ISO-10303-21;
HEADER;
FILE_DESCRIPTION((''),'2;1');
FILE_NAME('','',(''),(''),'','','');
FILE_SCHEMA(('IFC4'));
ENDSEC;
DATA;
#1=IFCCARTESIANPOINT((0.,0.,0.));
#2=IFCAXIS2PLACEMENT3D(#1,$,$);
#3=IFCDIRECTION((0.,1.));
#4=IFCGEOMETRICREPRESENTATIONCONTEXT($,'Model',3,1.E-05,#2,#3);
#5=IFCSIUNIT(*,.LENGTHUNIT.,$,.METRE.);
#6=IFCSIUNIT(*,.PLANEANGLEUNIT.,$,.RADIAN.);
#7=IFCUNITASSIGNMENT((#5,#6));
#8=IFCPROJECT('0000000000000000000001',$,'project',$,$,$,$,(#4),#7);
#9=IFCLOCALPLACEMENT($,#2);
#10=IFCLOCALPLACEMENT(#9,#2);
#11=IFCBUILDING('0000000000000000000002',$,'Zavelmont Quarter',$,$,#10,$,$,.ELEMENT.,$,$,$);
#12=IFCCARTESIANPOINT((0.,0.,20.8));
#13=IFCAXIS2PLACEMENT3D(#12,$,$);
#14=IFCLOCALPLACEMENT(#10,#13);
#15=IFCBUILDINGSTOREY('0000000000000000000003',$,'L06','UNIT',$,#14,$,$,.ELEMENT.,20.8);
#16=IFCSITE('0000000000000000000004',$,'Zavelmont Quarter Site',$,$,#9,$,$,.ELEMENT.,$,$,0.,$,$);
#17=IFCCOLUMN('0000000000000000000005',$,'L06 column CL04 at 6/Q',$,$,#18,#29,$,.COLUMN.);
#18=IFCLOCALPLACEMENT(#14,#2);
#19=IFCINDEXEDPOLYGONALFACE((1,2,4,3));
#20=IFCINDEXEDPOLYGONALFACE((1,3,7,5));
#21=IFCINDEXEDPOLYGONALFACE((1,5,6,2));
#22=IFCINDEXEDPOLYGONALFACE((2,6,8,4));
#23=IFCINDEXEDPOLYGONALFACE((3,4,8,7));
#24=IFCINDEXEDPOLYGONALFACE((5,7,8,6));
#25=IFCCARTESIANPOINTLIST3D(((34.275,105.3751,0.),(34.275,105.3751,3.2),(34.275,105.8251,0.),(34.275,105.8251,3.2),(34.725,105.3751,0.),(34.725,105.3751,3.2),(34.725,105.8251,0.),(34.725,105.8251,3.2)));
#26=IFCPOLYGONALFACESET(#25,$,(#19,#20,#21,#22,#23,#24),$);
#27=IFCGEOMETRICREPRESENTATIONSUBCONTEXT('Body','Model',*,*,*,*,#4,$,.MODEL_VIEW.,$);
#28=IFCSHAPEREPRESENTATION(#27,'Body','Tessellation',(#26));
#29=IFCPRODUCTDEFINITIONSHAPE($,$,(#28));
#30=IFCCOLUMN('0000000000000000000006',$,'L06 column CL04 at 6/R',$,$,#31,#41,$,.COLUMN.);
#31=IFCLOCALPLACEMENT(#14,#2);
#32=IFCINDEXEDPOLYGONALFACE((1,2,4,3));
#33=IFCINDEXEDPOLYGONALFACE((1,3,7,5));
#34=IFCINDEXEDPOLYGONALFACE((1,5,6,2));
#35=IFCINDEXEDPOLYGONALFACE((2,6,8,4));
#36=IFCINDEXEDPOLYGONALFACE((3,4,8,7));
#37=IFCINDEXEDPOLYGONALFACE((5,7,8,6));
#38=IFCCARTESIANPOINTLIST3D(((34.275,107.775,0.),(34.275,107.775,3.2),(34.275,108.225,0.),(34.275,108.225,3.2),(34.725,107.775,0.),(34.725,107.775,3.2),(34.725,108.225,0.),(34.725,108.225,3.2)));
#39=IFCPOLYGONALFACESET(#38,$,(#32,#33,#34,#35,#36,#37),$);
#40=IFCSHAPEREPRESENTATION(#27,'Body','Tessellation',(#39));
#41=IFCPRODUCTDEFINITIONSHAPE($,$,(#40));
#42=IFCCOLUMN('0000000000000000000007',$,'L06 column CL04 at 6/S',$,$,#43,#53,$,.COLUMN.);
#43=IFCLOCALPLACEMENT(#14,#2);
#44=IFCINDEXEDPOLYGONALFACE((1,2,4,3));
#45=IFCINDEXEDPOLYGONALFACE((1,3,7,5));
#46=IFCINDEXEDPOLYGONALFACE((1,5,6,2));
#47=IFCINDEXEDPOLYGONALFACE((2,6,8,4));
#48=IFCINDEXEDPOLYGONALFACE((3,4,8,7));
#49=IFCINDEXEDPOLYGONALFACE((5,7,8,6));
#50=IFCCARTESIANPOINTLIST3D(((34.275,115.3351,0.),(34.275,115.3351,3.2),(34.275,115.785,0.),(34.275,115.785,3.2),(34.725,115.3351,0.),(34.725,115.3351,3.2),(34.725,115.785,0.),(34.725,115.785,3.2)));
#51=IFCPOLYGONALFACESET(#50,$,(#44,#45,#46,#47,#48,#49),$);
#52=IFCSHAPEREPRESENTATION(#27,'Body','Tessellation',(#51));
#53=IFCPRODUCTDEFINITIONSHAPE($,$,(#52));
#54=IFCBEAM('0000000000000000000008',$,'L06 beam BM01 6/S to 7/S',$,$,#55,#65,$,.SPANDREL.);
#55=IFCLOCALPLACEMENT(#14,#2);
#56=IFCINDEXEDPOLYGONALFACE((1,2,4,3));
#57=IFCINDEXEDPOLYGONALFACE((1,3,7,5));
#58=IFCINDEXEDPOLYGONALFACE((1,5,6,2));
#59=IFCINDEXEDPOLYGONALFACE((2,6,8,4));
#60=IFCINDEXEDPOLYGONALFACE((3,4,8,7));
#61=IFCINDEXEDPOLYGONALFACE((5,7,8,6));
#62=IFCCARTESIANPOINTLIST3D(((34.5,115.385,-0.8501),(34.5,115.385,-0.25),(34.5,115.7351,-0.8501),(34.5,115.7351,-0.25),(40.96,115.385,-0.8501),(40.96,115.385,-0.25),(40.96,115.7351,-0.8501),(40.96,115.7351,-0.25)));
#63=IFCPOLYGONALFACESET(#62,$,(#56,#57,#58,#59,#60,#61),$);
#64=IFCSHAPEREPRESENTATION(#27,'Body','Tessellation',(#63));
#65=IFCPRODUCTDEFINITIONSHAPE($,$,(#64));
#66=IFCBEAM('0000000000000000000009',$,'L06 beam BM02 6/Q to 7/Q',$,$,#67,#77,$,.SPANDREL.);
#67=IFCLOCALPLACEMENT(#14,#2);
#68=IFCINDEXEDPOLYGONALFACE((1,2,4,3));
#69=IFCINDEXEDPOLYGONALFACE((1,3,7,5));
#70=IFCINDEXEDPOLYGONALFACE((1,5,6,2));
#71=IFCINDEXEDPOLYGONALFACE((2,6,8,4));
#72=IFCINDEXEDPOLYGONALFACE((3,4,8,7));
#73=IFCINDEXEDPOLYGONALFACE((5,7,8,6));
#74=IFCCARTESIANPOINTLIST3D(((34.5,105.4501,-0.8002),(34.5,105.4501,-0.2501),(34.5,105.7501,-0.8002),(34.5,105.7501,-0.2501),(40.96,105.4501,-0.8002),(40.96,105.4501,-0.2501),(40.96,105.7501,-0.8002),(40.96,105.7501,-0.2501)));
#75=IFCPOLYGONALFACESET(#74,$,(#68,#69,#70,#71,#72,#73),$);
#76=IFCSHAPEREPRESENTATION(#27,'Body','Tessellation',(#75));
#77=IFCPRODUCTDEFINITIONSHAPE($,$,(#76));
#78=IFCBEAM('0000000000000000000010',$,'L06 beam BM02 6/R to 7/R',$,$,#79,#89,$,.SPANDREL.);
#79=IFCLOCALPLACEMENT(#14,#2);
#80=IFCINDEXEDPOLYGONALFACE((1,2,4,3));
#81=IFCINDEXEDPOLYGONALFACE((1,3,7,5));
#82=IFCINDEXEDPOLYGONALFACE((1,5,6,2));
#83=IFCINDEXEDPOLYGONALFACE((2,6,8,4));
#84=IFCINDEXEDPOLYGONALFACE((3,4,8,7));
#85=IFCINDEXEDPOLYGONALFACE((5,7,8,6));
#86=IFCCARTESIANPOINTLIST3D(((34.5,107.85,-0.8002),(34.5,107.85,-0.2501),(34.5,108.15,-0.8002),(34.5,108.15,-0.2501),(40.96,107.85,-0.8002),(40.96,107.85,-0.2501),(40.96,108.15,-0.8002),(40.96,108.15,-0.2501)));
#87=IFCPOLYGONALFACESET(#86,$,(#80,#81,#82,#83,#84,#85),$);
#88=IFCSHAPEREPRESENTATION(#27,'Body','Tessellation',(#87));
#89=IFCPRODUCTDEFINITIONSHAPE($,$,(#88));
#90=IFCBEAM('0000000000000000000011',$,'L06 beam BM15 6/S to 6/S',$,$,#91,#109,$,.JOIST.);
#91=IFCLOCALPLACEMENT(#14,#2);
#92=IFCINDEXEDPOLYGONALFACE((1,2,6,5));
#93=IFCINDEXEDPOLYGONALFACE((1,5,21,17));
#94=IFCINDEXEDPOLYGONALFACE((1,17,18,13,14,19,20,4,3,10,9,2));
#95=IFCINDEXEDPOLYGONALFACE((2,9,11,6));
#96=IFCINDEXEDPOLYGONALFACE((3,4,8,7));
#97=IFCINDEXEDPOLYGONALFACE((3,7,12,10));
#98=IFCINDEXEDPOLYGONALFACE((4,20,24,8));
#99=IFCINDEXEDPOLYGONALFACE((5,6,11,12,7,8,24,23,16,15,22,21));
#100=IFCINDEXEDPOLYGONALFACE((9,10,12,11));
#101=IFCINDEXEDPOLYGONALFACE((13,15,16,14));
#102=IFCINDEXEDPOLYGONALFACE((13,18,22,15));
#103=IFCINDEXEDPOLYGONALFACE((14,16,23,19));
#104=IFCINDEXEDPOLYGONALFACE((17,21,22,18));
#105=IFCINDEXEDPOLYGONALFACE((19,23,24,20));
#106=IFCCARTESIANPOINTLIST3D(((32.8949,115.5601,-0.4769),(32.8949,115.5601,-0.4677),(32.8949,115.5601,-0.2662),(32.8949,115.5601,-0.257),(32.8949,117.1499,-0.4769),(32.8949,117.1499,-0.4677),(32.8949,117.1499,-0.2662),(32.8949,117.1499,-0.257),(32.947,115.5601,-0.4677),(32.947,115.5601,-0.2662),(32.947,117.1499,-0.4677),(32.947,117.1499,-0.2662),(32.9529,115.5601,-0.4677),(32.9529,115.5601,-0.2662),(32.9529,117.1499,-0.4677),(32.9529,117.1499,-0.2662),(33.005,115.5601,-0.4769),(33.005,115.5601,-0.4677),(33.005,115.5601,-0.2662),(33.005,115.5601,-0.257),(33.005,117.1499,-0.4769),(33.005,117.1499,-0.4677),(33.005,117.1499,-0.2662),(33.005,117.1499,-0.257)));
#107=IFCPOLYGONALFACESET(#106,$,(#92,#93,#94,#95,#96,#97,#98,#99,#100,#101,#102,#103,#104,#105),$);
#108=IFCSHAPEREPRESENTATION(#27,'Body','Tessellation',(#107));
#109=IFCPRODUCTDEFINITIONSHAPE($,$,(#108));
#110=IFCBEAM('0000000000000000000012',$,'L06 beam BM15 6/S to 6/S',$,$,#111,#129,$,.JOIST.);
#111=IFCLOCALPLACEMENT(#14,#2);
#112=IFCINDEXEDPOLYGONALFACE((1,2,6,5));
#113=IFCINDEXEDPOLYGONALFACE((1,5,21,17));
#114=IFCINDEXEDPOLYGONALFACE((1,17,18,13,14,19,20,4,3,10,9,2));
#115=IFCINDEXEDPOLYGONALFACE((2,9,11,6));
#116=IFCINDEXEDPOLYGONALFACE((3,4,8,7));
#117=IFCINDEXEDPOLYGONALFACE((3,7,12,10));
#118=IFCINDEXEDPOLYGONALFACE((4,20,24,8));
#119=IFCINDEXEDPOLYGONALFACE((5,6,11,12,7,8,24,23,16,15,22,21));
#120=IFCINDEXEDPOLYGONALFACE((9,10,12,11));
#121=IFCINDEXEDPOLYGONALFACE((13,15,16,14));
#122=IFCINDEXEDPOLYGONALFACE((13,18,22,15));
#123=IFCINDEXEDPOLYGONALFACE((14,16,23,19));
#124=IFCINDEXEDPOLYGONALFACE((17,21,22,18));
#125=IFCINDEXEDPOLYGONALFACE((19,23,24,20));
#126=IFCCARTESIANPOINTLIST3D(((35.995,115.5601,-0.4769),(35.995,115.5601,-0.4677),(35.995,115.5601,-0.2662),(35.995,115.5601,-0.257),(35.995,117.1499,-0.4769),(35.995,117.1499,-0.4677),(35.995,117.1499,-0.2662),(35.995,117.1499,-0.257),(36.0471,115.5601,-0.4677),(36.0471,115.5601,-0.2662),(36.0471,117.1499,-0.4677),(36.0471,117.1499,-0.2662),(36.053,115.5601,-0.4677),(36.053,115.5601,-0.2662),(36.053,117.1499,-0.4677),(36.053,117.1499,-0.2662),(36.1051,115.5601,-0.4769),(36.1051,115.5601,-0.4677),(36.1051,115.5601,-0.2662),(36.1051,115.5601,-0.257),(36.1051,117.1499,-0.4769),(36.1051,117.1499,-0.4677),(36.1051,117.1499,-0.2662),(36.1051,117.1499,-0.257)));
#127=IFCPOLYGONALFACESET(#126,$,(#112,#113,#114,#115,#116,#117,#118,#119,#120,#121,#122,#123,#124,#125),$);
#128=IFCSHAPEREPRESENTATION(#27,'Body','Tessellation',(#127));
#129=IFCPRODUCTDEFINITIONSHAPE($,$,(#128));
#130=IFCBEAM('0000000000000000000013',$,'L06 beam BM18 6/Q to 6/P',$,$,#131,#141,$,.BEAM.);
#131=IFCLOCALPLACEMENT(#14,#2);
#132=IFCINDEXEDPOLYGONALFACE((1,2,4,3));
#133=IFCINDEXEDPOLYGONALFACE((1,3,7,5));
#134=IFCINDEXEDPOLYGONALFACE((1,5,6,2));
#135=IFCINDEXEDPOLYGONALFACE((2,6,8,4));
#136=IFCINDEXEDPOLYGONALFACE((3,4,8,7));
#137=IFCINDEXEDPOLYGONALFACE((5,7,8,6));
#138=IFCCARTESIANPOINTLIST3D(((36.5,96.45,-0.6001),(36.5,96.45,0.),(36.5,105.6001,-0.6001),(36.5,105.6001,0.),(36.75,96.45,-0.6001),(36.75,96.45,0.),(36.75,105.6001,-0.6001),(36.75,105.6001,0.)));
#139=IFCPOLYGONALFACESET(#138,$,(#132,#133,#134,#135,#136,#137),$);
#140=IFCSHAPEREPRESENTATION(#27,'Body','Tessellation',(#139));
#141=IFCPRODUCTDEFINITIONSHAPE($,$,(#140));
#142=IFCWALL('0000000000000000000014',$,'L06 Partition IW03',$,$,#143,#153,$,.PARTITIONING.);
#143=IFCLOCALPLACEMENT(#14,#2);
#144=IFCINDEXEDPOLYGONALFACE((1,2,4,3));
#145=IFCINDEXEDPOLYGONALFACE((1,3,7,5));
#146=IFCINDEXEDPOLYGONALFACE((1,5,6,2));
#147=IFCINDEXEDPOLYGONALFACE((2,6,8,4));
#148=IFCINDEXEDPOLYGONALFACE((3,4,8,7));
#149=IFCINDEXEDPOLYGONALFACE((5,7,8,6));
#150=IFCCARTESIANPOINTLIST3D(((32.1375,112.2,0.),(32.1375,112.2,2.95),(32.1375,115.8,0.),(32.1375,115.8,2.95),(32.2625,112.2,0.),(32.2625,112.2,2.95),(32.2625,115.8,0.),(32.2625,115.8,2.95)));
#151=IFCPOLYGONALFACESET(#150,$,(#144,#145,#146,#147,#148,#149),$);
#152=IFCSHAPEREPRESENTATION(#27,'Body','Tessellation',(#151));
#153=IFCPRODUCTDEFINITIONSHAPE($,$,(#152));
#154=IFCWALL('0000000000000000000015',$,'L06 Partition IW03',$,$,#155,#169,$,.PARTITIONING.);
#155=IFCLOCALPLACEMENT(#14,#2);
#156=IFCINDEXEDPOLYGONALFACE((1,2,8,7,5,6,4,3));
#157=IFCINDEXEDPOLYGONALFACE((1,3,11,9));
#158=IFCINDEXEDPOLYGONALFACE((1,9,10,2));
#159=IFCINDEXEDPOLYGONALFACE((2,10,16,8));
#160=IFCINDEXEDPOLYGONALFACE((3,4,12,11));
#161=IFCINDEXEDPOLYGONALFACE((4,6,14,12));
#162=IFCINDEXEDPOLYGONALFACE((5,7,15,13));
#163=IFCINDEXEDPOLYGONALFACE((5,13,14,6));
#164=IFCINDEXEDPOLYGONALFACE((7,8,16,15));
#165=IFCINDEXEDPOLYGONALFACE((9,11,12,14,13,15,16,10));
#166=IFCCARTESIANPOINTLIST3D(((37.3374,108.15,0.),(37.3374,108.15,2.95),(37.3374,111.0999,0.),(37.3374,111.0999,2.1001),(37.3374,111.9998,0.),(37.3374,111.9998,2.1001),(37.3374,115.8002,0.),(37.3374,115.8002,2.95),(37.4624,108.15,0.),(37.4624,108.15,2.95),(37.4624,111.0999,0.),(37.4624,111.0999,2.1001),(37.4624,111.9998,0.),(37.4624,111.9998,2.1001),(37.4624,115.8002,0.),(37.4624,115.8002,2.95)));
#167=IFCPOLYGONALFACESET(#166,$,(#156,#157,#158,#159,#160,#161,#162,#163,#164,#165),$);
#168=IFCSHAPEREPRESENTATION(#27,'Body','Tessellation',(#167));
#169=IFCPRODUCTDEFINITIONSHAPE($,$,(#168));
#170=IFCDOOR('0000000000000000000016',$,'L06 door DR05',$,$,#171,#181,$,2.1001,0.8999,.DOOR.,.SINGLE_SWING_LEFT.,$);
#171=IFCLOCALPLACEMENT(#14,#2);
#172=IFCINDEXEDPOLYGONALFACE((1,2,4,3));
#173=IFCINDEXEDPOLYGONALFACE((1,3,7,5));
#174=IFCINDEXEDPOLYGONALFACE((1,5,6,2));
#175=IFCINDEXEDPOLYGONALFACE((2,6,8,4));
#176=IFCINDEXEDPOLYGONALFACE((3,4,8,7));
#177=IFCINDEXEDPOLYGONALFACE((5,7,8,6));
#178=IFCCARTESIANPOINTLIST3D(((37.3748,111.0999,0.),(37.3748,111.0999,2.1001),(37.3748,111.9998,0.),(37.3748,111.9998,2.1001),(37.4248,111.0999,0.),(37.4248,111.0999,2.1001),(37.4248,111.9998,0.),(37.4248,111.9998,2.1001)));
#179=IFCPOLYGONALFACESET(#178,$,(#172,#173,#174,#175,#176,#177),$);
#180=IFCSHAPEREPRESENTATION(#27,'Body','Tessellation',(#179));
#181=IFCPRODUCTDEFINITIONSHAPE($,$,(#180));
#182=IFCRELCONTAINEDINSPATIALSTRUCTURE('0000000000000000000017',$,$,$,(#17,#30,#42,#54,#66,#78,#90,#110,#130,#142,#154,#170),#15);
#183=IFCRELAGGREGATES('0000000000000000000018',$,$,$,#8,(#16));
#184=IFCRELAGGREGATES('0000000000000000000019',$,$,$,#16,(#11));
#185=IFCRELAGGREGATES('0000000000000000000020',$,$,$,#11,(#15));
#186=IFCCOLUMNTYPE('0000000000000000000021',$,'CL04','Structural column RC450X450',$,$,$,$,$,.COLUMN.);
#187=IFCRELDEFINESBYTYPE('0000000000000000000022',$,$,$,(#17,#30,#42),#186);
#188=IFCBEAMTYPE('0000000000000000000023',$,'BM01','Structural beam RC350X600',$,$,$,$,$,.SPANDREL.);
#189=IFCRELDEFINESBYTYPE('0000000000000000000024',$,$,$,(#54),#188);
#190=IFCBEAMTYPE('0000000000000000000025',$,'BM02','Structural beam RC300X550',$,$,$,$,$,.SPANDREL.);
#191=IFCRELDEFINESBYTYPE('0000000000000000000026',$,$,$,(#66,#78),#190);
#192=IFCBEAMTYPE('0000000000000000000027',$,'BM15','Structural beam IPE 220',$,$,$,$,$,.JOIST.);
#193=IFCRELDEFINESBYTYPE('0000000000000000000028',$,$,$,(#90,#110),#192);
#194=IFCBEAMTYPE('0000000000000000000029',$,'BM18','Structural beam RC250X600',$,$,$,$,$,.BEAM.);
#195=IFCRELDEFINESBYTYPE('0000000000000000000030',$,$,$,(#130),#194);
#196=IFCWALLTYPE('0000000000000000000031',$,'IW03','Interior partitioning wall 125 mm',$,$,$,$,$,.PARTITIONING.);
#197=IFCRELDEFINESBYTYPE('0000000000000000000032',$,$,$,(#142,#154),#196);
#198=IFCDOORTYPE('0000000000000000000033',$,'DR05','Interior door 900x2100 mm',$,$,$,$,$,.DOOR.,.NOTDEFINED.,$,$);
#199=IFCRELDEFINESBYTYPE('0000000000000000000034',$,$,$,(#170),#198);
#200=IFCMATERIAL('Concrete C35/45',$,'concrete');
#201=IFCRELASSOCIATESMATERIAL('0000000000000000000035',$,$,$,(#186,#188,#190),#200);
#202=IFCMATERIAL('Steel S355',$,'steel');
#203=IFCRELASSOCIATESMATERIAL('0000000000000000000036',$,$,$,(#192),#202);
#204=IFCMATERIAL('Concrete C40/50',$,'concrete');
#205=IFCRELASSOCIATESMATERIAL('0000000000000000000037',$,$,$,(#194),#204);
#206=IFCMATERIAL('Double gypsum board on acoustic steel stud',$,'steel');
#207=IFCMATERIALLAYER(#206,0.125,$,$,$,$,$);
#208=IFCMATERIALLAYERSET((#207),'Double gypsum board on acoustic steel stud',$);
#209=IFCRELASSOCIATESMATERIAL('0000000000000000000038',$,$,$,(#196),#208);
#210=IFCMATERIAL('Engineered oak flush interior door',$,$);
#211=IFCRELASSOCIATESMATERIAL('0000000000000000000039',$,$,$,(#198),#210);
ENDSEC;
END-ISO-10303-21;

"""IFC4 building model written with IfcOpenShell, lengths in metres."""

from ifc_helpers import new_model, si_unit, direction, frame, frame_2d, origin, origin_2d, place, context, subcontext, project, spatial, rectangle, i_section, extrude, material, layer, layer_set, material_profile, profile_set, type_object, element, fill, save


model = new_model("IFC4")

# Units and contexts
model_context = context("Model", 3, precision=1e-05, world=origin(), true_north=direction((0.0, 1.0)))
body_context = subcontext(model_context, "Body", "Model", "MODEL_VIEW")
ifc_project = project(units=[si_unit("LENGTHUNIT", "METRE"), si_unit("PLANEANGLEUNIT", "RADIAN")], contexts=[model_context])

# Site, building, storey
site_placement = place(None, origin())
site = spatial("IfcSite", under=ifc_project, at=site_placement, Name="Zavelmont Quarter Site", CompositionType="ELEMENT", RefElevation=0.0)
building_placement = place(site_placement, origin())
building = spatial("IfcBuilding", under=site, at=building_placement, Name="Zavelmont Quarter", CompositionType="ELEMENT")
storey_placement = place(building_placement, frame((0.0, 0.0, 20.8)))
storey = spatial("IfcBuildingStorey", under=building, at=storey_placement, Name="L06", Description="UNIT", CompositionType="ELEMENT", Elevation=20.8)

# Columns
ifc_material_1 = material(Name="Concrete C35/45", Category="concrete")
ifc_material_profile_1 = material_profile(ifc_material_1, rectangle(XDim=0.45, YDim=0.45, at=origin_2d()), Name="RC450X450")
ifc_profile_set_1 = profile_set([ifc_material_profile_1], Name="Concrete C35/45")
column_type = type_object("IfcColumnType", Name="CL04", Description="Structural column RC450X450", PredefinedType="COLUMN", material=ifc_profile_set_1)
for number, where, z_axis, x_axis, name in (
    (1, (34.5, 105.6001, 0.0), (0.0, 0.0, 1.0), (1.0, 0.0, 0.0), "L06 column CL04 at 6/Q"),
    (2, (34.5, 108.0, 0.0), (0.0, 0.0, 1.0), (1.0, 0.0, 0.0), "L06 column CL04 at 6/R"),
    (3, (34.5, 115.5601, 0.0), (0.0, 0.0, 1.0), (1.0, 0.0, 0.0), "L06 column CL04 at 6/S"),
):
    element("IfcColumn", number, at=place(storey_placement, frame(where, z_axis=z_axis, x_axis=x_axis)), inside=storey, type_object=column_type, Name=name, PredefinedType="COLUMN", context=body_context, shape_type="SweptSolid", body=[
        extrude(rectangle(XDim=0.45, YDim=0.45, at=origin_2d()), origin(), (0.0, 0.0, 1.0), 3.2),
    ])

# Beams
ifc_material_profile_2 = material_profile(ifc_material_1, rectangle(XDim=0.3501, YDim=0.6001, at=origin_2d()), Name="RC350X600")
ifc_profile_set_2 = profile_set([ifc_material_profile_2], Name="Concrete C35/45")
beam_type_1 = type_object("IfcBeamType", Name="BM01", Description="Structural beam RC350X600", PredefinedType="SPANDREL", material=ifc_profile_set_2)
beam_1_placement = place(storey_placement, frame((34.5, 115.5601, -0.55), z_axis=(1.0, 0.0, 0.0), x_axis=(0.0, 1.0, 0.0)))
element("IfcBeam", 4, at=beam_1_placement, inside=storey, type_object=beam_type_1, Name="L06 beam BM01 6/S to 7/S", PredefinedType="SPANDREL", context=body_context, shape_type="SweptSolid", body=[
    extrude(rectangle(XDim=0.3501, YDim=0.6001, at=origin_2d()), origin(), (0.0, 0.0, 1.0), 6.46),
])
ifc_material_profile_3 = material_profile(ifc_material_1, rectangle(XDim=0.3, YDim=0.55, at=origin_2d()), Name="RC300X550")
ifc_profile_set_3 = profile_set([ifc_material_profile_3], Name="Concrete C35/45")
beam_type_2 = type_object("IfcBeamType", Name="BM02", Description="Structural beam RC300X550", PredefinedType="SPANDREL", material=ifc_profile_set_3)
for number, where, z_axis, x_axis, name in (
    (5, (34.5, 105.6001, -0.5251), (1.0, 0.0, 0.0), (0.0, 1.0, 0.0), "L06 beam BM02 6/Q to 7/Q"),
    (6, (34.5, 108.0, -0.5251), (1.0, 0.0, 0.0), (0.0, 1.0, 0.0), "L06 beam BM02 6/R to 7/R"),
):
    element("IfcBeam", number, at=place(storey_placement, frame(where, z_axis=z_axis, x_axis=x_axis)), inside=storey, type_object=beam_type_2, Name=name, PredefinedType="SPANDREL", context=body_context, shape_type="SweptSolid", body=[
        extrude(rectangle(XDim=0.3, YDim=0.55, at=origin_2d()), origin(), (0.0, 0.0, 1.0), 6.46),
    ])
ifc_material_2 = material(Name="Steel S355", Category="steel")
ifc_material_profile_4 = material_profile(ifc_material_2, i_section(OverallWidth=0.1101, OverallDepth=0.22, WebThickness=0.0059, FlangeThickness=0.0093, at=origin_2d()), Name="IPE 220")
ifc_profile_set_4 = profile_set([ifc_material_profile_4], Name="Steel S355")
beam_type_3 = type_object("IfcBeamType", Name="BM15", Description="Structural beam IPE 220", PredefinedType="JOIST", material=ifc_profile_set_4)
for number, where, z_axis, x_axis, name in (
    (7, (32.95, 115.5601, -0.3669), (0.0, 1.0, 0.0), (-1.0, 0.0, 0.0), "L06 beam BM15 6/S to 6/S"),
    (8, (36.05, 115.5601, -0.3669), (0.0, 1.0, 0.0), (-1.0, 0.0, 0.0), "L06 beam BM15 6/S to 6/S"),
):
    element("IfcBeam", number, at=place(storey_placement, frame(where, z_axis=z_axis, x_axis=x_axis)), inside=storey, type_object=beam_type_3, Name=name, PredefinedType="JOIST", context=body_context, shape_type="SweptSolid", body=[
        extrude(i_section(OverallWidth=0.1101, OverallDepth=0.22, WebThickness=0.0059, FlangeThickness=0.0093, at=origin_2d()), origin(), (0.0, 0.0, 1.0), 1.5898),
    ])
ifc_material_3 = material(Name="Concrete C40/50", Category="concrete")
ifc_material_profile_5 = material_profile(ifc_material_3, rectangle(XDim=0.25, YDim=0.6001, at=origin_2d()), Name="RC250X600")
ifc_profile_set_5 = profile_set([ifc_material_profile_5], Name="Concrete C40/50")
beam_type_4 = type_object("IfcBeamType", Name="BM18", Description="Structural beam RC250X600", PredefinedType="BEAM", material=ifc_profile_set_5)
beam_2_placement = place(storey_placement, frame((36.625, 105.6001, -0.3), z_axis=(0.0, -1.0, 0.0), x_axis=(1.0, 0.0, 0.0)))
element("IfcBeam", 9, at=beam_2_placement, inside=storey, type_object=beam_type_4, Name="L06 beam BM18 6/Q to 6/P", PredefinedType="BEAM", context=body_context, shape_type="SweptSolid", body=[
    extrude(rectangle(XDim=0.25, YDim=0.6001, at=origin_2d()), origin(), (0.0, 0.0, 1.0), 9.1501),
])

# Wall
ifc_material_4 = material(Name="Double gypsum board on acoustic steel stud", Category="steel")
ifc_layer_1 = layer(ifc_material_4, 0.125)
ifc_layer_set_1 = layer_set([ifc_layer_1], Name="Double gypsum board on acoustic steel stud")
wall_type_1 = type_object("IfcWallType", Name="IW03", Description="Interior partitioning wall 125 mm", PredefinedType="PARTITIONING", material=ifc_layer_set_1)
wall_1_placement = place(storey_placement, frame((32.2, 112.2, 0.0), z_axis=(0.0, 0.0, 1.0), x_axis=(0.0, 1.0, 0.0)))
element("IfcWall", 10, at=wall_1_placement, inside=storey, type_object=wall_type_1, Name="L06 Partition IW03", PredefinedType="PARTITIONING", context=body_context, shape_type="SweptSolid", body=[
    extrude(rectangle(XDim=3.6001, YDim=0.125, at=frame_2d((1.8, 0.0))), origin(), (0.0, 0.0, 1.0), 2.95),
])

# Wall, opening, door
wall_2_placement = place(storey_placement, frame((37.3999, 108.1499, 0.0), z_axis=(0.0, 0.0, 1.0), x_axis=(0.0, 1.0, 0.0)))
wall_2 = element("IfcWall", 11, at=wall_2_placement, inside=storey, type_object=wall_type_1, Name="L06 Partition IW03", PredefinedType="PARTITIONING", context=body_context, shape_type="SweptSolid", body=[
    extrude(rectangle(XDim=7.6501, YDim=0.125, at=frame_2d((3.8252, 0.0))), origin(), (0.0, 0.0, 1.0), 2.95),
])
opening_1_placement = place(wall_2_placement, frame((2.95, 0.0, 0.0)))
opening_1 = element("IfcOpeningElement", 12, at=opening_1_placement, cuts=wall_2, PredefinedType="OPENING", context=body_context, shape_type="SweptSolid", body=[
    extrude(rectangle(XDim=0.8999, YDim=2.1001, at=frame_2d((0.45, 1.05))), frame((0.0, 0.0745, 0.0), z_axis=(0.0, -1.0, 0.0), x_axis=(1.0, 0.0, 0.0)), (0.0, 0.0, 1.0), 0.1489),
])
ifc_material_5 = material(Name="Engineered oak flush interior door")
door_type_1 = type_object("IfcDoorType", Name="DR05", Description="Interior door 900x2100 mm", OperationType="NOTDEFINED", PredefinedType="DOOR", material=ifc_material_5)
door_1_placement = place(opening_1_placement, frame((0.8999, 0.0, 0.0), z_axis=(0.0, 0.0, 1.0), x_axis=(-1.0, 0.0, 0.0)))
door_1 = element("IfcDoor", 13, at=door_1_placement, inside=storey, type_object=door_type_1, Name="L06 door DR05", OperationType="SINGLE_SWING_LEFT", OverallHeight=2.1001, OverallWidth=0.8999, PredefinedType="DOOR", context=body_context, shape_type="SweptSolid", body=[
    extrude(rectangle(XDim=0.8999, YDim=2.1001, at=frame_2d((0.45, 1.05))), frame((0.0, 0.0249, 0.0), z_axis=(0.0, -1.0, 0.0), x_axis=(1.0, 0.0, 0.0)), (0.0, 0.0, 1.0), 0.05),
])
fill(opening_1, door_1)

save(model, "model.ifc")
